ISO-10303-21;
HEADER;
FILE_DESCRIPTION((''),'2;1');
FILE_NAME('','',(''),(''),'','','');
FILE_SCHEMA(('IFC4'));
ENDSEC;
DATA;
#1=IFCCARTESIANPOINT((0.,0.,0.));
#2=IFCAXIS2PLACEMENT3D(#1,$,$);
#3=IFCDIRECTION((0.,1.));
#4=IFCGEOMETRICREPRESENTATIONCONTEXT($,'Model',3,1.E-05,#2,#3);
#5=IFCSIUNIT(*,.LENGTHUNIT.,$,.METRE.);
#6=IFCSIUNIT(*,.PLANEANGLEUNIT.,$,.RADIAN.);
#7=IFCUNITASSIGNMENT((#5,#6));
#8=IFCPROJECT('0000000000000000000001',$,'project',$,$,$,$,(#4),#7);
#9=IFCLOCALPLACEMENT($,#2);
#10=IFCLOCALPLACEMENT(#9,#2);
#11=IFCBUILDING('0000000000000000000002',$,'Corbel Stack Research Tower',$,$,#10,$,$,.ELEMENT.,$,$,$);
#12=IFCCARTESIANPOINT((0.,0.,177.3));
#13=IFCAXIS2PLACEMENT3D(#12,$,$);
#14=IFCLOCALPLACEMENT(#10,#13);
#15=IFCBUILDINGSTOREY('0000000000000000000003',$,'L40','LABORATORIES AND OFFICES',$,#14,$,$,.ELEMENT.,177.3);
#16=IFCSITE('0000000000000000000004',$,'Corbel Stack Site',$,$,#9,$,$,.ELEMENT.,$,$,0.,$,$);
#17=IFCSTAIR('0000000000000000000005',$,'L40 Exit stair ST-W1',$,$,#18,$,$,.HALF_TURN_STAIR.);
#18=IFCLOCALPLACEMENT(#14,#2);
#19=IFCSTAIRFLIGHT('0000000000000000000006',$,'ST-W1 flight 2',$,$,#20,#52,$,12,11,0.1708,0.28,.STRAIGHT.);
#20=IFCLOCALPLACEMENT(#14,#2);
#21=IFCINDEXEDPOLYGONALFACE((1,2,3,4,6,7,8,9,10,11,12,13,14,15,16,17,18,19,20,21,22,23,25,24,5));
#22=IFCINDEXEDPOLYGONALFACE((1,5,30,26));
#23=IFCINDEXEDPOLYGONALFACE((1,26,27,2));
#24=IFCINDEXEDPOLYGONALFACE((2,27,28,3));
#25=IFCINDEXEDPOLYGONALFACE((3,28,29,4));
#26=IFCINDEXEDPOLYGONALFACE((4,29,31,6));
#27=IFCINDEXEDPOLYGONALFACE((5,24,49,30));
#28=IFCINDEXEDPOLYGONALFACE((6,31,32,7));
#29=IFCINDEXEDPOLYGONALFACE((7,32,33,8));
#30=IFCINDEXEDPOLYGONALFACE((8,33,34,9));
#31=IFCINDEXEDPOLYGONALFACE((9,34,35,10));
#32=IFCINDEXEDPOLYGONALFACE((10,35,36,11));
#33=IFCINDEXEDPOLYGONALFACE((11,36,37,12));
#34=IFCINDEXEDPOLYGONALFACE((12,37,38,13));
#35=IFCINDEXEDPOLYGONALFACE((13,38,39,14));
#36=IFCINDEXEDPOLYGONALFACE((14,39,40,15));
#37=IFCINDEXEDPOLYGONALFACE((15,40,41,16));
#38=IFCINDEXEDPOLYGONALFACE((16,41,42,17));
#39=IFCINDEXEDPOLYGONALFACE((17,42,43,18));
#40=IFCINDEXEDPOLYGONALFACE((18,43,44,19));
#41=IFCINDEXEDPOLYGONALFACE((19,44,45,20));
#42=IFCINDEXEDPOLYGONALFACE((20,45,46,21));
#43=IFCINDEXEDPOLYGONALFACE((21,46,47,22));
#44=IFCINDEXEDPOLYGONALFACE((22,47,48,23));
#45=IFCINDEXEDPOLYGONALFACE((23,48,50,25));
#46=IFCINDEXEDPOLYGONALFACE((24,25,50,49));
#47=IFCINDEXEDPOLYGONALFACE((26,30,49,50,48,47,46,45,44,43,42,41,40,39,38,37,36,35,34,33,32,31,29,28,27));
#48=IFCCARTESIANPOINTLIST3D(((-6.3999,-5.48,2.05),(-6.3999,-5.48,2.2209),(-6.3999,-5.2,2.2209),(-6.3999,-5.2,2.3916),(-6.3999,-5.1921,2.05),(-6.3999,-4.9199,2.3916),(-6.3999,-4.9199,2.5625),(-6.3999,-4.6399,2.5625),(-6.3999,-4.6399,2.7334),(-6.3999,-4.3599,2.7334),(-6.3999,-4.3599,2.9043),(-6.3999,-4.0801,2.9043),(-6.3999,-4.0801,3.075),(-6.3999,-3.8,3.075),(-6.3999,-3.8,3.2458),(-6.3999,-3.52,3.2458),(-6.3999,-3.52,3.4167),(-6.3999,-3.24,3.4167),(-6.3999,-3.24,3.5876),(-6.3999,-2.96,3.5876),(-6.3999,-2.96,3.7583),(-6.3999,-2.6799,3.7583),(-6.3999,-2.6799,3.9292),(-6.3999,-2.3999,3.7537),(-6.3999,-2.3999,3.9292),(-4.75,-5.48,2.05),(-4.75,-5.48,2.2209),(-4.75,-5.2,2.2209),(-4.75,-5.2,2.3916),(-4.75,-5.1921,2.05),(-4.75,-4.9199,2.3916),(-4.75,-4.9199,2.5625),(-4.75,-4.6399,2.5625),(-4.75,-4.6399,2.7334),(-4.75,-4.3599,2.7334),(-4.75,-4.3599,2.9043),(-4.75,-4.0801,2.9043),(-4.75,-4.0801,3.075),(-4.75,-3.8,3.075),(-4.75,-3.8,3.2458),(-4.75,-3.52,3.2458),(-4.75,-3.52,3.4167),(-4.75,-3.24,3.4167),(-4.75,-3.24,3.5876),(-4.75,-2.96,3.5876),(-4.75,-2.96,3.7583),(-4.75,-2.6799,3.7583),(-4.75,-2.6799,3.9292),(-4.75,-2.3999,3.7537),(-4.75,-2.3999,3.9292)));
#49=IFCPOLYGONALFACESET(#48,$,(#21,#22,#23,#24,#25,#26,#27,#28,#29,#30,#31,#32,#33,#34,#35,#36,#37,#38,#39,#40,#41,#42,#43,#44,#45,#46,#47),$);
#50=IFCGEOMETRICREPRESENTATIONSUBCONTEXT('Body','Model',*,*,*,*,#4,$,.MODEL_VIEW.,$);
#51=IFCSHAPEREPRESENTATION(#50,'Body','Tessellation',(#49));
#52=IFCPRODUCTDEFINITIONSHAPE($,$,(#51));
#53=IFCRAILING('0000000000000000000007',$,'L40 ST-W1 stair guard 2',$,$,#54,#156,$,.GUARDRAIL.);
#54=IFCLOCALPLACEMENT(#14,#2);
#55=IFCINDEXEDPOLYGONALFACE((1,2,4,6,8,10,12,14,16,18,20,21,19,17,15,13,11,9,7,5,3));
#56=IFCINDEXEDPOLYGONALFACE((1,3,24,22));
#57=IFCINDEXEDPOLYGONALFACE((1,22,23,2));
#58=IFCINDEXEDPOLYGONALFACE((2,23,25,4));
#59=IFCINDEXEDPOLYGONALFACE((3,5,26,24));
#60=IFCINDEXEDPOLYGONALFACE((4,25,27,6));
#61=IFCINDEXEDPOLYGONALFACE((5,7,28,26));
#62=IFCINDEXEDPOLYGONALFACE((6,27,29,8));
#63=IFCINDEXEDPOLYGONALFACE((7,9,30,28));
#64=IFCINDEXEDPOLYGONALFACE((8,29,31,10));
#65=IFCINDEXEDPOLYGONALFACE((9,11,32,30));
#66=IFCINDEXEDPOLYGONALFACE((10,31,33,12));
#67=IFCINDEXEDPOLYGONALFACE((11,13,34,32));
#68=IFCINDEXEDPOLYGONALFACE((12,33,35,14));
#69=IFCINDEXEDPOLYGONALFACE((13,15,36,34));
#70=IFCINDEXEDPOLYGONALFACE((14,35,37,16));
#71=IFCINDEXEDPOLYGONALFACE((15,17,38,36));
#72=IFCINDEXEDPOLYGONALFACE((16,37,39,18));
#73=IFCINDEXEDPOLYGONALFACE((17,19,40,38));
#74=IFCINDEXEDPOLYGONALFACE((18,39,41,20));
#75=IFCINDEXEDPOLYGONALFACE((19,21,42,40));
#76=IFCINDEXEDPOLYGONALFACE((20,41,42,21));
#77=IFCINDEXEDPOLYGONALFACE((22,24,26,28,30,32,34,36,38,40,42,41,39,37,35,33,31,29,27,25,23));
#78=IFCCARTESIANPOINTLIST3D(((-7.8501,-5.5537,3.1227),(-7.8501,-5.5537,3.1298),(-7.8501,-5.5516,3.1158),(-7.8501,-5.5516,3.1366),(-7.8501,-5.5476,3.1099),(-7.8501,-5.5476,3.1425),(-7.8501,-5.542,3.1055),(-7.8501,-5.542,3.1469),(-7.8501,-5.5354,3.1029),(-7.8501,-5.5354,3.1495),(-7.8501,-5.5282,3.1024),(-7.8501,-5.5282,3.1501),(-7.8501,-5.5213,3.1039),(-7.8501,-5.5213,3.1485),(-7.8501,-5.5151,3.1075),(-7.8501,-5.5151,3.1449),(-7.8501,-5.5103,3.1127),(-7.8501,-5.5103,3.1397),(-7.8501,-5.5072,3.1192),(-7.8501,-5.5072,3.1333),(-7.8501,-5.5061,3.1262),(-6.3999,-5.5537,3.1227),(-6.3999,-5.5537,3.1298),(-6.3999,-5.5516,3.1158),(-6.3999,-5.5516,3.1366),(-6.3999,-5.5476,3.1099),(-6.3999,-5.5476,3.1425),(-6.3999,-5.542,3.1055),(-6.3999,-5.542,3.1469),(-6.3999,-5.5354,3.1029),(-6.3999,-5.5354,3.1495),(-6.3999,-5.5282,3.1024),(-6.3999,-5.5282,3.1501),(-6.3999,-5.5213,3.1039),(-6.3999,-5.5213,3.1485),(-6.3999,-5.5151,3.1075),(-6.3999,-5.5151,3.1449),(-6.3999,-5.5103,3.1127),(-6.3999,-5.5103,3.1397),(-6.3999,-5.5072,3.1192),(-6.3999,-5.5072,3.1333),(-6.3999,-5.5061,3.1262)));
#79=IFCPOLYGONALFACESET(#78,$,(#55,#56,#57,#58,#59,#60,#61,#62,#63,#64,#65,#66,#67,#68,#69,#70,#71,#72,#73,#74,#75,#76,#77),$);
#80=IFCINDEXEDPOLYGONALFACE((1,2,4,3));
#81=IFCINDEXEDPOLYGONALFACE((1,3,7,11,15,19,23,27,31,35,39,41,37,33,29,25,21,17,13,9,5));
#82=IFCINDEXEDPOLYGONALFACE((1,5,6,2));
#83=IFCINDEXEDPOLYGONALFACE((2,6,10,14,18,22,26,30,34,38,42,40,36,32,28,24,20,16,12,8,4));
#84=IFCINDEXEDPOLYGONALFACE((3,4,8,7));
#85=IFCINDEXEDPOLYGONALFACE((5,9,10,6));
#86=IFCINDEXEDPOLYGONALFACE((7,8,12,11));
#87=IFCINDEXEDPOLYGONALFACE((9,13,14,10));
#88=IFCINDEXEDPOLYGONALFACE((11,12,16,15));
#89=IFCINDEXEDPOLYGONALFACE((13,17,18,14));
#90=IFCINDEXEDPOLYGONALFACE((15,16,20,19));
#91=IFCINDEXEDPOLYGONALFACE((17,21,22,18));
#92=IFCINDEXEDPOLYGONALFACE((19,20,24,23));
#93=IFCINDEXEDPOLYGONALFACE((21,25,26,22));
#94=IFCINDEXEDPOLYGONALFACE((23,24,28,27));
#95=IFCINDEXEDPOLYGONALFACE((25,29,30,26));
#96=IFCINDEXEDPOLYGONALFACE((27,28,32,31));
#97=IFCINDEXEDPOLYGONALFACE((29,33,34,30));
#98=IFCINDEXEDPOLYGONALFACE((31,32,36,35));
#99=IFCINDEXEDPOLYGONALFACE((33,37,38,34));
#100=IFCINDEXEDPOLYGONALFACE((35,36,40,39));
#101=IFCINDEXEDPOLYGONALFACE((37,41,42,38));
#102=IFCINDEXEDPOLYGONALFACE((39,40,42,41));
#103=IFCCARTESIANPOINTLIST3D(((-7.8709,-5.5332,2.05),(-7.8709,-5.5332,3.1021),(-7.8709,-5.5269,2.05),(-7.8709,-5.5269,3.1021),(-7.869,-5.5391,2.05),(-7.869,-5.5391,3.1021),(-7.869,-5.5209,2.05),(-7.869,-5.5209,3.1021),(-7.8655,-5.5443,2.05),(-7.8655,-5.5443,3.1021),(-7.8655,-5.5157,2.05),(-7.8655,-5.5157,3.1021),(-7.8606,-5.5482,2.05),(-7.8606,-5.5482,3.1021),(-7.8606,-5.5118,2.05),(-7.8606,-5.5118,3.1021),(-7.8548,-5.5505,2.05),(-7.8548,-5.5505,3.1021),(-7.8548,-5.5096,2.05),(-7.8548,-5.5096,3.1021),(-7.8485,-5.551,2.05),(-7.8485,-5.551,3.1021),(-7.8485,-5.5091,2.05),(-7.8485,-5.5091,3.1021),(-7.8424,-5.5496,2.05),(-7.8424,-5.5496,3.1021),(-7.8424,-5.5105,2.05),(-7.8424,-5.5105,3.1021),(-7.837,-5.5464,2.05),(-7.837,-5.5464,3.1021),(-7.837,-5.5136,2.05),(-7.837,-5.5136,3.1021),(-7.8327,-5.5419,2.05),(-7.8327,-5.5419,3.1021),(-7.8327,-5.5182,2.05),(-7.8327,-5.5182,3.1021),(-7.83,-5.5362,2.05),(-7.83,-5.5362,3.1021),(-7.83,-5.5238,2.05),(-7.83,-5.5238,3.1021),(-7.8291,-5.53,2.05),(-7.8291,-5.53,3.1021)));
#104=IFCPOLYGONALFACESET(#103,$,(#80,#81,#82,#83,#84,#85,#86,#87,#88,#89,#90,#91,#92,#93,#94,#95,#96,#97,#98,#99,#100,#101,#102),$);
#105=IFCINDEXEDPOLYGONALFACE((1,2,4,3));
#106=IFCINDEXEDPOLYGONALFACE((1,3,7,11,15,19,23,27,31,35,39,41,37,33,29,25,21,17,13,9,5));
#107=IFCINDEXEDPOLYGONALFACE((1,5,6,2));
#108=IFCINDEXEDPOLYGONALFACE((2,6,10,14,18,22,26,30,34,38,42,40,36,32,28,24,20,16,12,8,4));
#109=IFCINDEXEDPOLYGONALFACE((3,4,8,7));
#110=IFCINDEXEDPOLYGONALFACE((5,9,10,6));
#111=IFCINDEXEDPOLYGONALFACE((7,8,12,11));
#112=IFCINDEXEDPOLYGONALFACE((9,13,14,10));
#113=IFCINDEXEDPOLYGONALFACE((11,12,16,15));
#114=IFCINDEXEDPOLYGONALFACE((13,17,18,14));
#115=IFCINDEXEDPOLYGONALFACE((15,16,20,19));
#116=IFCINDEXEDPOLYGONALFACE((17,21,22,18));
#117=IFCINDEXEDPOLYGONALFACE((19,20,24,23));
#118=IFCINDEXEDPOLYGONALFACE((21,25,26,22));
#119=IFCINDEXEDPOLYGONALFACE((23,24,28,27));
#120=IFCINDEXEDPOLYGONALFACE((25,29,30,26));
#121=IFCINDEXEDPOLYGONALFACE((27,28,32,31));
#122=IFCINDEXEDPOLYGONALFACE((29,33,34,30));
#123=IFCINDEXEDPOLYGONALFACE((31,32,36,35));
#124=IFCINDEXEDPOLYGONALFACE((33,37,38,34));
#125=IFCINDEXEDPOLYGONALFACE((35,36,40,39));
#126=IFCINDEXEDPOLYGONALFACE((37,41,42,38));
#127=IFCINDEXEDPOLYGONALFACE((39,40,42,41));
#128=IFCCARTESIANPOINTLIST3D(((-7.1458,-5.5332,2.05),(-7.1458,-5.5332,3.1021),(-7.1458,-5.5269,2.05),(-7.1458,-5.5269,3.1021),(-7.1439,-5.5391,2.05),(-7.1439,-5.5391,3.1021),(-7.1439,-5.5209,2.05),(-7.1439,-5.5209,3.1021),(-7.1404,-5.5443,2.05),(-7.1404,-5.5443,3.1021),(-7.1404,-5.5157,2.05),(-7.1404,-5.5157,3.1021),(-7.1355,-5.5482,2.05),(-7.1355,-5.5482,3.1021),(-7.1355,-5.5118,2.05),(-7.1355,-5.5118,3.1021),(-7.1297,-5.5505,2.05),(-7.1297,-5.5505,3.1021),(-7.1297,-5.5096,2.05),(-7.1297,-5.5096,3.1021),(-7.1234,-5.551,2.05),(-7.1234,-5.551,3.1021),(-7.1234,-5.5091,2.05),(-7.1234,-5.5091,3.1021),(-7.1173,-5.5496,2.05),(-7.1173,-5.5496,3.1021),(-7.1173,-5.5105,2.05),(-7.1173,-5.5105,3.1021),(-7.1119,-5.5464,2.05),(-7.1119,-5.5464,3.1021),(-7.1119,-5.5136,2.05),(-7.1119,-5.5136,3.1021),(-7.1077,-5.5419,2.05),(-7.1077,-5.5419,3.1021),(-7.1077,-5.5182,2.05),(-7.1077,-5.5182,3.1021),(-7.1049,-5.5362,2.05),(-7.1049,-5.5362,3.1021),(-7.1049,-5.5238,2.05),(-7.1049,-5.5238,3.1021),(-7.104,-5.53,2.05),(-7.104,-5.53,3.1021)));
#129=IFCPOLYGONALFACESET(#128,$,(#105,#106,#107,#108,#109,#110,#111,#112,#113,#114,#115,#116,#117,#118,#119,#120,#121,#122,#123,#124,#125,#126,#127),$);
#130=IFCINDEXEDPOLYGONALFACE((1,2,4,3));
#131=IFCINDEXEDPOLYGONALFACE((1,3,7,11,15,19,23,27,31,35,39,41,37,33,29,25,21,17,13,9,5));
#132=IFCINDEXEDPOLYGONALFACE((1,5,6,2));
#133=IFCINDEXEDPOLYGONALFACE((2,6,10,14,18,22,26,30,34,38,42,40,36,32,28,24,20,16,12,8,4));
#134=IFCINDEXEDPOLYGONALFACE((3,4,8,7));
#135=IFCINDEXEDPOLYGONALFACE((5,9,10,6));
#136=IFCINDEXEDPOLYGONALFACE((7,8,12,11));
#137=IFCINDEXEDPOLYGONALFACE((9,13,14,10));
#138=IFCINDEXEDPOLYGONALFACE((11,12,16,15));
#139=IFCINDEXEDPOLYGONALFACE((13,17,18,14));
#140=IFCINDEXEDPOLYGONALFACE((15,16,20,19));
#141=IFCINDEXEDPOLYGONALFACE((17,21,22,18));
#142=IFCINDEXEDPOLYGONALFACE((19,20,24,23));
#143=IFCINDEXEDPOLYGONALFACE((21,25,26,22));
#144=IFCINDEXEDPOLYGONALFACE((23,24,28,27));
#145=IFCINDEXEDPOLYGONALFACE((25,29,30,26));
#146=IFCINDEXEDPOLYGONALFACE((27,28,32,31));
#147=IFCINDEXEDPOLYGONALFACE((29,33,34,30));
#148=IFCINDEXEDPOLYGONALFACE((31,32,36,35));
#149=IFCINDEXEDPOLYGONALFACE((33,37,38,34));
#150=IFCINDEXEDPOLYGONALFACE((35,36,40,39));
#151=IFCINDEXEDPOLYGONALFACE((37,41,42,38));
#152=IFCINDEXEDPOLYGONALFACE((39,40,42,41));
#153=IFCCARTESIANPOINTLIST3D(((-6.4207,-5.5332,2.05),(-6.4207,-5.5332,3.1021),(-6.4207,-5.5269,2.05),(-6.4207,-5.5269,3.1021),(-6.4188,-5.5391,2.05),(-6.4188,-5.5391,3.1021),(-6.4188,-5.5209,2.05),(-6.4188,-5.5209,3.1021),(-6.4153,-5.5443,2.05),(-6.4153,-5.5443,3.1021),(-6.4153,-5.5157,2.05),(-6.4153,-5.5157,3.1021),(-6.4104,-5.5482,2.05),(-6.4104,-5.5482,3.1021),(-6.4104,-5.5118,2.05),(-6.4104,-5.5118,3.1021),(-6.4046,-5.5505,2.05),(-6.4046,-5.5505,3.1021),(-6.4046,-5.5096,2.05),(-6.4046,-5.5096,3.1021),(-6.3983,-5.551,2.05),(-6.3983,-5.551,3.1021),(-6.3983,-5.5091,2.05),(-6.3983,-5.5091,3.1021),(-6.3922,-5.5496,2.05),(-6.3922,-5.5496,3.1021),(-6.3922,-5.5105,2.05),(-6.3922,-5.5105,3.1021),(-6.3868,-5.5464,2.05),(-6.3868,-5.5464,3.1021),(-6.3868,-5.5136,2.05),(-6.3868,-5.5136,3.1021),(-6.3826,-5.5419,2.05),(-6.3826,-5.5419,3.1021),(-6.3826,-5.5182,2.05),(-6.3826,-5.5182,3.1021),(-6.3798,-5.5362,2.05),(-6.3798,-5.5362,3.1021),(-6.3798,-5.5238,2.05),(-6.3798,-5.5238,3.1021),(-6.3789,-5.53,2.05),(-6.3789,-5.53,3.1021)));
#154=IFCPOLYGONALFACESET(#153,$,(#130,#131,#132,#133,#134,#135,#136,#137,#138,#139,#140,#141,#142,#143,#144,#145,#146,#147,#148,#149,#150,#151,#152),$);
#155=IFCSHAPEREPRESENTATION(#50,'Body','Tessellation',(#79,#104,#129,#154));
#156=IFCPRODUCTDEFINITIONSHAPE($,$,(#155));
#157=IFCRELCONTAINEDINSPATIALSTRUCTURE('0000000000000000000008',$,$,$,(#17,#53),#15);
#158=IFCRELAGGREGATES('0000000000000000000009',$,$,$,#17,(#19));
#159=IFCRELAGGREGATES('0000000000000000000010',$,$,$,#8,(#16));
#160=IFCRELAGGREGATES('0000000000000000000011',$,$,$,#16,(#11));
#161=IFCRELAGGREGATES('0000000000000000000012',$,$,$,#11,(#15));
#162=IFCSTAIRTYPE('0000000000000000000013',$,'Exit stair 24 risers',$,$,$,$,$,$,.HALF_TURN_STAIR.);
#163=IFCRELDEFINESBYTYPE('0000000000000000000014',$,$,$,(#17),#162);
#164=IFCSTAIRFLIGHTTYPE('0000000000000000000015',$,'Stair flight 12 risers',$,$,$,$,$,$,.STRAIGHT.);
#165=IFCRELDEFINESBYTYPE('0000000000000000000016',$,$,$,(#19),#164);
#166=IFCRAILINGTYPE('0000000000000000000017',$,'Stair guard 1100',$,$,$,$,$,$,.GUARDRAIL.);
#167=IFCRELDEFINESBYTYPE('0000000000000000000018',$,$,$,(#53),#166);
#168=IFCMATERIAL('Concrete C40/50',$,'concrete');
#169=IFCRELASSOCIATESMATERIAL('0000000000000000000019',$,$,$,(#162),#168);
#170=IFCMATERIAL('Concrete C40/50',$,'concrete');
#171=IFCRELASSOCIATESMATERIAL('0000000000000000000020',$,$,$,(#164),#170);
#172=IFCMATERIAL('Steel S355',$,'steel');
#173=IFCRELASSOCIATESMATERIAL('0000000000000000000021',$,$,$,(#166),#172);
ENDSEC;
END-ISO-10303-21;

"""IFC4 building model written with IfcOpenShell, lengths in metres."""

from ifc_helpers import new_model, si_unit, direction, frame, origin, origin_2d, place, context, subcontext, project, spatial, polyline, circle, outline, extrude, material, type_object, element, aggregate, save


model = new_model("IFC4")

# Units and contexts
model_context = context("Model", 3, precision=1e-05, world=origin(), true_north=direction((0.0, 1.0)))
body_context = subcontext(model_context, "Body", "Model", "MODEL_VIEW")
ifc_project = project(units=[si_unit("LENGTHUNIT", "METRE"), si_unit("PLANEANGLEUNIT", "RADIAN")], contexts=[model_context])

# Site, building, storey
site_placement = place(None, origin())
site = spatial("IfcSite", under=ifc_project, at=site_placement, Name="Corbel Stack Site", CompositionType="ELEMENT", RefElevation=0.0)
building_placement = place(site_placement, origin())
building = spatial("IfcBuilding", under=site, at=building_placement, Name="Corbel Stack Research Tower", CompositionType="ELEMENT")
storey_placement = place(building_placement, frame((0.0, 0.0, 177.3)))
storey = spatial("IfcBuildingStorey", under=building, at=storey_placement, Name="L40", Description="LABORATORIES AND OFFICES", CompositionType="ELEMENT", Elevation=177.3)

# Stair, stair flight
ifc_material_1 = material(Name="Concrete C40/50", Category="concrete")
stair_type = type_object("IfcStairType", Name="Exit stair 24 risers", PredefinedType="HALF_TURN_STAIR", material=ifc_material_1)
stair_placement = place(storey_placement, origin())
stair = element("IfcStair", 1, at=stair_placement, inside=storey, type_object=stair_type, Name="L40 Exit stair ST-W1", PredefinedType="HALF_TURN_STAIR")
ifc_material_2 = material(Name="Concrete C40/50", Category="concrete")
stair_flight_type = type_object("IfcStairFlightType", Name="Stair flight 12 risers", PredefinedType="STRAIGHT", material=ifc_material_2)
stair_flight_placement = place(storey_placement, frame((-5.575, -5.48, 2.05), z_axis=(0.0, 0.0, 1.0), x_axis=(0.0, 1.0, 0.0)))
stair_flight = element("IfcStairFlight", 2, at=stair_flight_placement, type_object=stair_flight_type, Name="ST-W1 flight 2", NumberOfRisers=12, NumberOfTreads=11, PredefinedType="STRAIGHT", RiserHeight=0.1708, TreadLength=0.28, context=body_context, shape_type="SweptSolid", body=[
    extrude(outline(polyline([(0.0, 0.0), (0.0, 0.1709), (0.28, 0.1709), (0.28, 0.3416), (0.5601, 0.3416), (0.5601, 0.5125), (0.8401, 0.5125), (0.8401, 0.6833), (1.1201, 0.6833), (1.1201, 0.8542), (1.3999, 0.8542), (1.3999, 1.0249), (1.6799, 1.0249), (1.6799, 1.1958), (1.96, 1.1958), (1.96, 1.3667), (2.24, 1.3667), (2.24, 1.5376), (2.52, 1.5376), (2.52, 1.7083), (2.8, 1.7083), (2.8, 1.8792), (3.0801, 1.8792), (3.0801, 2.05), (3.0801, 1.7036), (0.2878, 0.0), (0.0, 0.0)])), frame((0.0, 0.825, 0.0), z_axis=(0.0, -1.0, 0.0), x_axis=(1.0, 0.0, 0.0)), (0.0, 0.0, 1.0), 1.6499),
])
aggregate(stair, [stair_flight])

# Railing
ifc_material_3 = material(Name="Steel S355", Category="steel")
railing_type_1 = type_object("IfcRailingType", Name="Stair guard 1100", PredefinedType="GUARDRAIL", material=ifc_material_3)
railing_1_placement = place(storey_placement, frame((-7.8501, -5.53, 2.05)))
element("IfcRailing", 3, at=railing_1_placement, inside=storey, type_object=railing_type_1, Name="L40 ST-W1 stair guard 2", PredefinedType="GUARDRAIL", context=body_context, shape_type="SweptSolid", body=[
    extrude(circle(Radius=0.0239, at=origin_2d()), frame((0.0, 0.0, 1.0762), z_axis=(1.0, 0.0, 0.0), x_axis=(0.0, 1.0, 0.0)), (0.0, 0.0, 1.0), 1.4502),
    extrude(circle(Radius=0.021, at=origin_2d()), origin(), (0.0, 0.0, 1.0), 1.052),
    extrude(circle(Radius=0.021, at=origin_2d()), frame((0.7251, 0.0, 0.0)), (0.0, 0.0, 1.0), 1.052),
    extrude(circle(Radius=0.021, at=origin_2d()), frame((1.4502, 0.0, 0.0)), (0.0, 0.0, 1.0), 1.052),
])

save(model, "model.ifc")
